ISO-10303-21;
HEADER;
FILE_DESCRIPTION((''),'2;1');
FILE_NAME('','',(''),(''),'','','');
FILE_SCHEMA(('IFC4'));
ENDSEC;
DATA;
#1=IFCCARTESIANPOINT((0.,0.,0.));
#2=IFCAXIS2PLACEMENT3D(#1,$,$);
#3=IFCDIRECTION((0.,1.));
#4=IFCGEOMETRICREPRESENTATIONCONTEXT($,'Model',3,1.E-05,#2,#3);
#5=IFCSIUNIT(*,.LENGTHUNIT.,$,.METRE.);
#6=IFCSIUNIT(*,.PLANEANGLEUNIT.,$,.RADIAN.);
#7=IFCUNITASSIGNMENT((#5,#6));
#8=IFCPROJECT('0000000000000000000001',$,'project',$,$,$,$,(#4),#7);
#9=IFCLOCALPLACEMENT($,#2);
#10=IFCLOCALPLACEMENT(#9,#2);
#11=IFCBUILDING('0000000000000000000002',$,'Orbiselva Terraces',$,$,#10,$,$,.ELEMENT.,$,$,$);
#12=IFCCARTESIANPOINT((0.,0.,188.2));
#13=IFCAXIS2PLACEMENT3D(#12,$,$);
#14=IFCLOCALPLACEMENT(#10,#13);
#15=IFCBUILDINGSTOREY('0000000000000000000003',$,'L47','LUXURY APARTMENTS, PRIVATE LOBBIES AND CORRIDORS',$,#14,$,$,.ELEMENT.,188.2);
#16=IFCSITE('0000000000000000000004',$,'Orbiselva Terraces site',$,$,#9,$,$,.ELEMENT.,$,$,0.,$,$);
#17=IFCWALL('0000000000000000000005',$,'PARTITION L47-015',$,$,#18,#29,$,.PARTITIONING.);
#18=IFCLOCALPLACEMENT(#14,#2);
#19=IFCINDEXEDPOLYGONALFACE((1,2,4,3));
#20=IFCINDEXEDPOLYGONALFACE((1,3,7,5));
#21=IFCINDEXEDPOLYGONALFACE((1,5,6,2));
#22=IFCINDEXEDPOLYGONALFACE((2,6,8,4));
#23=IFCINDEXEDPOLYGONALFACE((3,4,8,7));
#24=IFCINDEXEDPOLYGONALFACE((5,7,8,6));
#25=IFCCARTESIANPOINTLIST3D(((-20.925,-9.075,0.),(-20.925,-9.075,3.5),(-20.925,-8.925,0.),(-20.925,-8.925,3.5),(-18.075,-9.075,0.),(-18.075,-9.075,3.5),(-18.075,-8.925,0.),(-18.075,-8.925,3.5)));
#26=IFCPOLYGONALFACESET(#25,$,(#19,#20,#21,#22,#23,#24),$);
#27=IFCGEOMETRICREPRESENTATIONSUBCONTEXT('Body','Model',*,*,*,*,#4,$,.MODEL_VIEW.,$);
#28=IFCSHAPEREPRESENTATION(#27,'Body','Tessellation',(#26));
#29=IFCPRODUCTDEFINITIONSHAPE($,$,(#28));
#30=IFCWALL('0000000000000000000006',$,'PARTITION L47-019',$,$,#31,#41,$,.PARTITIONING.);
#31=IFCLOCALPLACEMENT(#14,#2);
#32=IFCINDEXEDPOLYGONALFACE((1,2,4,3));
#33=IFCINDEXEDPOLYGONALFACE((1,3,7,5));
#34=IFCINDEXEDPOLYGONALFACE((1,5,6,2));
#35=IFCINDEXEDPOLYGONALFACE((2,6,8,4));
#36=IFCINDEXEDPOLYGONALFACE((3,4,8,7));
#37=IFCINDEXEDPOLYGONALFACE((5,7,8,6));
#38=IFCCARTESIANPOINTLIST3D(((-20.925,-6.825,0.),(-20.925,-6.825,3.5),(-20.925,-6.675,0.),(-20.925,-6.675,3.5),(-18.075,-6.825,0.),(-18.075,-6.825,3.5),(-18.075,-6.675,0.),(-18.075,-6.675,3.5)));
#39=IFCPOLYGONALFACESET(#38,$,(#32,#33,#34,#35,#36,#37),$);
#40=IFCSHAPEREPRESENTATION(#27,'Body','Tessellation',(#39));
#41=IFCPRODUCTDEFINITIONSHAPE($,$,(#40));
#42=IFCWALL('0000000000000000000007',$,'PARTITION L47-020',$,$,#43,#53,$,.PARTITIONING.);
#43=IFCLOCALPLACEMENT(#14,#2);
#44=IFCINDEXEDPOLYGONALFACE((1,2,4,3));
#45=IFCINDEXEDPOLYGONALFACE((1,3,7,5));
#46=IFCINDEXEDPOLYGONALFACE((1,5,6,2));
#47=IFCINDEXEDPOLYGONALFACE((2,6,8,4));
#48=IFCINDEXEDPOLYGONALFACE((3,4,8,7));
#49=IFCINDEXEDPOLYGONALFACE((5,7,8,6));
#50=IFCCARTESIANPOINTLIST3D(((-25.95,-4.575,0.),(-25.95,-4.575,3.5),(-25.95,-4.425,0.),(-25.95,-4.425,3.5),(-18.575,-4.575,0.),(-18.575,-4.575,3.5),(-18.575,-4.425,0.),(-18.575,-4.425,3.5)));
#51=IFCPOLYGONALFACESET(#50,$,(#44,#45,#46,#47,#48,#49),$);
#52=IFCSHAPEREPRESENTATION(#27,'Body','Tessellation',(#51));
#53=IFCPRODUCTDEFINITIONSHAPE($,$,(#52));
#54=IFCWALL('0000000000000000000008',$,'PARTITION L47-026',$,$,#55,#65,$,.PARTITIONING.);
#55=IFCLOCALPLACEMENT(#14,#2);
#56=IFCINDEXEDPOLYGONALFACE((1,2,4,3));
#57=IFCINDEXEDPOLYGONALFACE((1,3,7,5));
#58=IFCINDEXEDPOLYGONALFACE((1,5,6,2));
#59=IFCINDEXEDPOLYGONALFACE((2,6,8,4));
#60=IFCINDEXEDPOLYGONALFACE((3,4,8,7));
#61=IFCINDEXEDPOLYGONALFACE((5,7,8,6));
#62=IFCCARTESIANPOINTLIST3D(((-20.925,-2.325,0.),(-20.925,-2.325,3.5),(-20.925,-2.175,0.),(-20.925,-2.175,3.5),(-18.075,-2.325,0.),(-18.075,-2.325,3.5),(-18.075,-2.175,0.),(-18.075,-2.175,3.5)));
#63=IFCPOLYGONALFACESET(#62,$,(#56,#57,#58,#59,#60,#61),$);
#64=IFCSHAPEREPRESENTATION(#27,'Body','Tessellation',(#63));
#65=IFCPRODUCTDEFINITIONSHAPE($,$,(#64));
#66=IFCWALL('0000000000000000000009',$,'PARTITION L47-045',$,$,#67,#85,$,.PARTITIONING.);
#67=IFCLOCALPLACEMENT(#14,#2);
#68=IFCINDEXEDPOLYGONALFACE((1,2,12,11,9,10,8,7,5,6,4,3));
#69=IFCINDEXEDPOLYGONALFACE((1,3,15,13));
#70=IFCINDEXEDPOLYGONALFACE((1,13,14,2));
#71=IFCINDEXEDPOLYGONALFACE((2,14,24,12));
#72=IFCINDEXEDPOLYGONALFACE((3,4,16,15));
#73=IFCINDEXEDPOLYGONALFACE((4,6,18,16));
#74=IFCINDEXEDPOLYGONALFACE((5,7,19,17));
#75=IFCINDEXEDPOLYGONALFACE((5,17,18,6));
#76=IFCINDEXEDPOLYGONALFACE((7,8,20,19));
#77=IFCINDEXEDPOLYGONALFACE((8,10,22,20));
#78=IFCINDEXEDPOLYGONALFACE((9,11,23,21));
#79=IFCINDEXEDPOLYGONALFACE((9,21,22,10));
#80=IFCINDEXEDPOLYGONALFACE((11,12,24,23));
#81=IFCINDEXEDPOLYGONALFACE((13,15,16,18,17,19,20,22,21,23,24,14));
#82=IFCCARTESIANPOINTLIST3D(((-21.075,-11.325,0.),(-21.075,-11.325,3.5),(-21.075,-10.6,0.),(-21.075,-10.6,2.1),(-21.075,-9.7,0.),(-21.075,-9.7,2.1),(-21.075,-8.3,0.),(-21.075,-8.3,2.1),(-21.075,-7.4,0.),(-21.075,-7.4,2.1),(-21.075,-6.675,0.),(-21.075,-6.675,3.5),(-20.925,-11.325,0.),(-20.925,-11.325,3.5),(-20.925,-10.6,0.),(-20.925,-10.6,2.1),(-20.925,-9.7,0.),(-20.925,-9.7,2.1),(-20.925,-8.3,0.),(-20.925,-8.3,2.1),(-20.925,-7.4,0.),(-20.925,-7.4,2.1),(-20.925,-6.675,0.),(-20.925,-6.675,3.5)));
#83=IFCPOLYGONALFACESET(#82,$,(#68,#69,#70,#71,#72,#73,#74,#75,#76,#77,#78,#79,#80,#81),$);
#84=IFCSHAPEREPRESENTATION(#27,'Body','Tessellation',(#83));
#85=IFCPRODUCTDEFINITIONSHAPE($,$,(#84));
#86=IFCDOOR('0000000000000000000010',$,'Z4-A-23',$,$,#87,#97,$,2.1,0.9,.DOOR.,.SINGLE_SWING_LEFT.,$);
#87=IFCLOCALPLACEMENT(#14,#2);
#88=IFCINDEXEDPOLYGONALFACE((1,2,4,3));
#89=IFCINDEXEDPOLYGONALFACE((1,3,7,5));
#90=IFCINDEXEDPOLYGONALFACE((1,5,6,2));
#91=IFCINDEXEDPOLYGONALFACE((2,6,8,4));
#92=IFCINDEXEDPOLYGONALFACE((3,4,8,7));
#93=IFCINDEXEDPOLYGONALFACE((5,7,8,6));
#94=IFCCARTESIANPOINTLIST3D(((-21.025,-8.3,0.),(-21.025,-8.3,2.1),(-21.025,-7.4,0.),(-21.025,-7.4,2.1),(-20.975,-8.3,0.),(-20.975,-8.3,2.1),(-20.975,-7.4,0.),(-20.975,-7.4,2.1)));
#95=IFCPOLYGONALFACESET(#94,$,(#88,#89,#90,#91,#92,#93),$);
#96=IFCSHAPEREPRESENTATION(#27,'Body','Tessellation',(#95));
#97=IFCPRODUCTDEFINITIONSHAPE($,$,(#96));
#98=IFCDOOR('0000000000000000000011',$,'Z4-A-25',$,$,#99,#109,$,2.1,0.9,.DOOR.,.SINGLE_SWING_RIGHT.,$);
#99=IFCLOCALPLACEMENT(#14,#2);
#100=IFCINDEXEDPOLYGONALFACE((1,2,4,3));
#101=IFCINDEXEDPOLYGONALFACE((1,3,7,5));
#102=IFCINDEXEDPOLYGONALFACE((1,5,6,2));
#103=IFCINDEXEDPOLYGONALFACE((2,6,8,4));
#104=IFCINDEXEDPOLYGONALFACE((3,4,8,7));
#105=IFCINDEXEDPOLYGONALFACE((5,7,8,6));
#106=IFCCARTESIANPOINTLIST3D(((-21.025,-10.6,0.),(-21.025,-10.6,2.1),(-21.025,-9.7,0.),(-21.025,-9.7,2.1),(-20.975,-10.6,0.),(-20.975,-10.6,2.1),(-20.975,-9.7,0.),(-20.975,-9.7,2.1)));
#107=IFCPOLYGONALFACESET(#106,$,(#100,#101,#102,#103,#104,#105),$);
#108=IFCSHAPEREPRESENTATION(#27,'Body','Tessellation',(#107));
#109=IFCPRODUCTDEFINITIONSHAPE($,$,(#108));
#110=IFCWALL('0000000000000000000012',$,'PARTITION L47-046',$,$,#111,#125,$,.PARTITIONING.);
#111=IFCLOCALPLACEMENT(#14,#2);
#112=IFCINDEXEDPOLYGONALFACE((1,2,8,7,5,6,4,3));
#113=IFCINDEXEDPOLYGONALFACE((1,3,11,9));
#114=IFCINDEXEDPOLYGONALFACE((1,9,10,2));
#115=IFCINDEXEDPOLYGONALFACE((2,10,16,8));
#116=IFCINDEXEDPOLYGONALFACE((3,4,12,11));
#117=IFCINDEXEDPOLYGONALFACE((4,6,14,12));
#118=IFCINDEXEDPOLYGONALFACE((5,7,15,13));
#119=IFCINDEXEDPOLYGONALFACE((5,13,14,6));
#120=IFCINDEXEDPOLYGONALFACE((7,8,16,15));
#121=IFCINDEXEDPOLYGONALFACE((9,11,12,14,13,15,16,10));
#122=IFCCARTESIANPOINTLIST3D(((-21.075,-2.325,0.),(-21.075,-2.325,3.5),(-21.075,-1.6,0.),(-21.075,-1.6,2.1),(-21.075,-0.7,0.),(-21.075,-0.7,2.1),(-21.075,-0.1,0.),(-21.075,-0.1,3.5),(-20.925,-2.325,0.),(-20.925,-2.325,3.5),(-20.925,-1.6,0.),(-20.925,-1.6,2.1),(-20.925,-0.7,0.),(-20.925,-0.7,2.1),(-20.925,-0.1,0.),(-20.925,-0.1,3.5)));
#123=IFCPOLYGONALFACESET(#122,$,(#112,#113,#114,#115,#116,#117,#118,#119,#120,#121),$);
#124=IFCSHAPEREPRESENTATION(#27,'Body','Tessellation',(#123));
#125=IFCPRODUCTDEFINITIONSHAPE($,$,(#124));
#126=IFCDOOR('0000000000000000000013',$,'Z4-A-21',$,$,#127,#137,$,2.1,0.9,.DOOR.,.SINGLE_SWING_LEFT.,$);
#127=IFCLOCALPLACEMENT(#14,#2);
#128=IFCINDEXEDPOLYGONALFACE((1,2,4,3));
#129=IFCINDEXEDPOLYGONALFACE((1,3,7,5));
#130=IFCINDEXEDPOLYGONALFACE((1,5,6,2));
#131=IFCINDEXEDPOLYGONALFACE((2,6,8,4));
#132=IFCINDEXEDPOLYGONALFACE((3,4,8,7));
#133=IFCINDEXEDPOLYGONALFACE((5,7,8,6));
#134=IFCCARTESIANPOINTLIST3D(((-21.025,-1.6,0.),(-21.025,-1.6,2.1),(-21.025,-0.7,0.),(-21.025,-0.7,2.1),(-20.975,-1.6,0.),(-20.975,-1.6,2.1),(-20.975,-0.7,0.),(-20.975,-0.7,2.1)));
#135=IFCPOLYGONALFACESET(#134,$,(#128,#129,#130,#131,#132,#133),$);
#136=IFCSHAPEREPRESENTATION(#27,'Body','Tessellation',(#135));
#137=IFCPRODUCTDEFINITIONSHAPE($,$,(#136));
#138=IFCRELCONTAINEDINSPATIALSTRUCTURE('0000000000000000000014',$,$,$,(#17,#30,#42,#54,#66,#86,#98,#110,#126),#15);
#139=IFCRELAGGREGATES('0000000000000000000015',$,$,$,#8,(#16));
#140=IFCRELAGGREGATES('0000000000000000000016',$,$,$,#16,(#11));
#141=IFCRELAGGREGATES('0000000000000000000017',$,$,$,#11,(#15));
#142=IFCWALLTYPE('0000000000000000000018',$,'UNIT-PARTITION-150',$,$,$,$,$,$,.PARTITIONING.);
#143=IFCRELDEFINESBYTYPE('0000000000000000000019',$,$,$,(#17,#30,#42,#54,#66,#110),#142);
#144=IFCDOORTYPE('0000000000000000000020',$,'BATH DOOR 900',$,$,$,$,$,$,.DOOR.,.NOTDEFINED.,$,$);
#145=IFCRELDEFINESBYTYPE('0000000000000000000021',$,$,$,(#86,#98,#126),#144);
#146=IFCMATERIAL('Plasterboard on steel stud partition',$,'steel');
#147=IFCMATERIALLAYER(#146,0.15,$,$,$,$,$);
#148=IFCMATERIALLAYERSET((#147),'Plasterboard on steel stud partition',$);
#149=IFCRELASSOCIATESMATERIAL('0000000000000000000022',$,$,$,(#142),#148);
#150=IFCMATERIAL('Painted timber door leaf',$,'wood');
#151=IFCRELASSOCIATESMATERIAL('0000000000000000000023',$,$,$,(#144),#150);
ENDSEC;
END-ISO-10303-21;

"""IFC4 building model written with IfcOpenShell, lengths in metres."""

from ifc_helpers import new_model, si_unit, direction, frame, frame_2d, origin, place, context, subcontext, project, spatial, rectangle, extrude, material, layer, layer_set, type_object, element, fill, save


model = new_model("IFC4")

# Units and contexts
model_context = context("Model", 3, precision=1e-05, world=origin(), true_north=direction((0.0, 1.0)))
body_context = subcontext(model_context, "Body", "Model", "MODEL_VIEW")
ifc_project = project(units=[si_unit("LENGTHUNIT", "METRE"), si_unit("PLANEANGLEUNIT", "RADIAN")], contexts=[model_context])

# Site, building, storey
site_placement = place(None, origin())
site = spatial("IfcSite", under=ifc_project, at=site_placement, Name="Orbiselva Terraces site", CompositionType="ELEMENT", RefElevation=0.0)
building_placement = place(site_placement, origin())
building = spatial("IfcBuilding", under=site, at=building_placement, Name="Orbiselva Terraces", CompositionType="ELEMENT")
storey_placement = place(building_placement, frame((0.0, 0.0, 188.2)))
storey = spatial("IfcBuildingStorey", under=building, at=storey_placement, Name="L47", Description="LUXURY APARTMENTS, PRIVATE LOBBIES AND CORRIDORS", CompositionType="ELEMENT", Elevation=188.2)

# Walls
ifc_material_1 = material(Name="Plasterboard on steel stud partition", Category="steel")
ifc_layer_1 = layer(ifc_material_1, 0.15)
ifc_layer_set_1 = layer_set([ifc_layer_1], Name="Plasterboard on steel stud partition")
wall_type_1 = type_object("IfcWallType", Name="UNIT-PARTITION-150", PredefinedType="PARTITIONING", material=ifc_layer_set_1)
for number, where, z_axis, x_axis, name in (
    (1, (-20.925, -9.0, 0.0), (0.0, 0.0, 1.0), (1.0, 0.0, 0.0), "PARTITION L47-015"),
    (2, (-20.925, -6.75, 0.0), (0.0, 0.0, 1.0), (1.0, 0.0, 0.0), "PARTITION L47-019"),
):
    element("IfcWall", number, at=place(storey_placement, frame(where, z_axis=z_axis, x_axis=x_axis)), inside=storey, type_object=wall_type_1, Name=name, PredefinedType="PARTITIONING", context=body_context, shape_type="SweptSolid", body=[
        extrude(rectangle(XDim=2.85, YDim=0.15, at=frame_2d((1.425, 0.0))), origin(), (0.0, 0.0, 1.0), 3.5),
    ])
wall_1_placement = place(storey_placement, frame((-25.95, -4.5, 0.0), z_axis=(0.0, 0.0, 1.0), x_axis=(1.0, 0.0, 0.0)))
element("IfcWall", 3, at=wall_1_placement, inside=storey, type_object=wall_type_1, Name="PARTITION L47-020", PredefinedType="PARTITIONING", context=body_context, shape_type="SweptSolid", body=[
    extrude(rectangle(XDim=7.375, YDim=0.15, at=frame_2d((3.6875, 0.0))), origin(), (0.0, 0.0, 1.0), 3.5),
])
wall_2_placement = place(storey_placement, frame((-20.925, -2.25, 0.0), z_axis=(0.0, 0.0, 1.0), x_axis=(1.0, 0.0, 0.0)))
element("IfcWall", 4, at=wall_2_placement, inside=storey, type_object=wall_type_1, Name="PARTITION L47-026", PredefinedType="PARTITIONING", context=body_context, shape_type="SweptSolid", body=[
    extrude(rectangle(XDim=2.85, YDim=0.15, at=frame_2d((1.425, 0.0))), origin(), (0.0, 0.0, 1.0), 3.5),
])

# Wall, openings, doors
wall_3_placement = place(storey_placement, frame((-21.0, -6.675, 0.0), z_axis=(0.0, 0.0, 1.0), x_axis=(0.0, -1.0, 0.0)))
wall_3 = element("IfcWall", 5, at=wall_3_placement, inside=storey, type_object=wall_type_1, Name="PARTITION L47-045", PredefinedType="PARTITIONING", context=body_context, shape_type="SweptSolid", body=[
    extrude(rectangle(XDim=4.65, YDim=0.15, at=frame_2d((2.325, 0.0))), origin(), (0.0, 0.0, 1.0), 3.5),
])
opening_1_placement = place(wall_3_placement, frame((0.725, 0.0, 0.0)))
opening_1 = element("IfcOpeningElement", 6, at=opening_1_placement, cuts=wall_3, PredefinedType="OPENING", context=body_context, shape_type="SweptSolid", body=[
    extrude(rectangle(XDim=0.9, YDim=2.1, at=frame_2d((0.45, 1.05))), frame((0.0, 0.085, 0.0), z_axis=(0.0, -1.0, 0.0), x_axis=(1.0, 0.0, 0.0)), (0.0, 0.0, 1.0), 0.17),
])
opening_2_placement = place(wall_3_placement, frame((3.025, 0.0, 0.0)))
opening_2 = element("IfcOpeningElement", 7, at=opening_2_placement, cuts=wall_3, PredefinedType="OPENING", context=body_context, shape_type="SweptSolid", body=[
    extrude(rectangle(XDim=0.9, YDim=2.1, at=frame_2d((0.45, 1.05))), frame((0.0, 0.085, 0.0), z_axis=(0.0, -1.0, 0.0), x_axis=(1.0, 0.0, 0.0)), (0.0, 0.0, 1.0), 0.17),
])
ifc_material_2 = material(Name="Painted timber door leaf", Category="wood")
door_type_1 = type_object("IfcDoorType", Name="BATH DOOR 900", OperationType="NOTDEFINED", PredefinedType="DOOR", material=ifc_material_2)
door_1_placement = place(opening_1_placement, origin())
door_1 = element("IfcDoor", 8, at=door_1_placement, inside=storey, type_object=door_type_1, Name="Z4-A-23", OperationType="SINGLE_SWING_LEFT", OverallHeight=2.1, OverallWidth=0.9, PredefinedType="DOOR", context=body_context, shape_type="SweptSolid", body=[
    extrude(rectangle(XDim=0.9, YDim=2.1, at=frame_2d((0.45, 1.05))), frame((0.0, 0.025, 0.0), z_axis=(0.0, -1.0, 0.0), x_axis=(1.0, 0.0, 0.0)), (0.0, 0.0, 1.0), 0.05),
])
fill(opening_1, door_1)
door_2_placement = place(opening_2_placement, origin())
door_2 = element("IfcDoor", 9, at=door_2_placement, inside=storey, type_object=door_type_1, Name="Z4-A-25", OperationType="SINGLE_SWING_RIGHT", OverallHeight=2.1, OverallWidth=0.9, PredefinedType="DOOR", context=body_context, shape_type="SweptSolid", body=[
    extrude(rectangle(XDim=0.9, YDim=2.1, at=frame_2d((0.45, 1.05))), frame((0.0, 0.025, 0.0), z_axis=(0.0, -1.0, 0.0), x_axis=(1.0, 0.0, 0.0)), (0.0, 0.0, 1.0), 0.05),
])
fill(opening_2, door_2)

# Wall, opening, door
wall_4_placement = place(storey_placement, frame((-21.0, -0.1, 0.0), z_axis=(0.0, 0.0, 1.0), x_axis=(0.0, -1.0, 0.0)))
wall_4 = element("IfcWall", 10, at=wall_4_placement, inside=storey, type_object=wall_type_1, Name="PARTITION L47-046", PredefinedType="PARTITIONING", context=body_context, shape_type="SweptSolid", body=[
    extrude(rectangle(XDim=2.225, YDim=0.15, at=frame_2d((1.1125, 0.0))), origin(), (0.0, 0.0, 1.0), 3.5),
])
opening_3_placement = place(wall_4_placement, frame((0.6, 0.0, 0.0)))
opening_3 = element("IfcOpeningElement", 11, at=opening_3_placement, cuts=wall_4, PredefinedType="OPENING", context=body_context, shape_type="SweptSolid", body=[
    extrude(rectangle(XDim=0.9, YDim=2.1, at=frame_2d((0.45, 1.05))), frame((0.0, 0.085, 0.0), z_axis=(0.0, -1.0, 0.0), x_axis=(1.0, 0.0, 0.0)), (0.0, 0.0, 1.0), 0.17),
])
door_3_placement = place(opening_3_placement, origin())
door_3 = element("IfcDoor", 12, at=door_3_placement, inside=storey, type_object=door_type_1, Name="Z4-A-21", OperationType="SINGLE_SWING_LEFT", OverallHeight=2.1, OverallWidth=0.9, PredefinedType="DOOR", context=body_context, shape_type="SweptSolid", body=[
    extrude(rectangle(XDim=0.9, YDim=2.1, at=frame_2d((0.45, 1.05))), frame((0.0, 0.025, 0.0), z_axis=(0.0, -1.0, 0.0), x_axis=(1.0, 0.0, 0.0)), (0.0, 0.0, 1.0), 0.05),
])
fill(opening_3, door_3)

save(model, "model.ifc")
